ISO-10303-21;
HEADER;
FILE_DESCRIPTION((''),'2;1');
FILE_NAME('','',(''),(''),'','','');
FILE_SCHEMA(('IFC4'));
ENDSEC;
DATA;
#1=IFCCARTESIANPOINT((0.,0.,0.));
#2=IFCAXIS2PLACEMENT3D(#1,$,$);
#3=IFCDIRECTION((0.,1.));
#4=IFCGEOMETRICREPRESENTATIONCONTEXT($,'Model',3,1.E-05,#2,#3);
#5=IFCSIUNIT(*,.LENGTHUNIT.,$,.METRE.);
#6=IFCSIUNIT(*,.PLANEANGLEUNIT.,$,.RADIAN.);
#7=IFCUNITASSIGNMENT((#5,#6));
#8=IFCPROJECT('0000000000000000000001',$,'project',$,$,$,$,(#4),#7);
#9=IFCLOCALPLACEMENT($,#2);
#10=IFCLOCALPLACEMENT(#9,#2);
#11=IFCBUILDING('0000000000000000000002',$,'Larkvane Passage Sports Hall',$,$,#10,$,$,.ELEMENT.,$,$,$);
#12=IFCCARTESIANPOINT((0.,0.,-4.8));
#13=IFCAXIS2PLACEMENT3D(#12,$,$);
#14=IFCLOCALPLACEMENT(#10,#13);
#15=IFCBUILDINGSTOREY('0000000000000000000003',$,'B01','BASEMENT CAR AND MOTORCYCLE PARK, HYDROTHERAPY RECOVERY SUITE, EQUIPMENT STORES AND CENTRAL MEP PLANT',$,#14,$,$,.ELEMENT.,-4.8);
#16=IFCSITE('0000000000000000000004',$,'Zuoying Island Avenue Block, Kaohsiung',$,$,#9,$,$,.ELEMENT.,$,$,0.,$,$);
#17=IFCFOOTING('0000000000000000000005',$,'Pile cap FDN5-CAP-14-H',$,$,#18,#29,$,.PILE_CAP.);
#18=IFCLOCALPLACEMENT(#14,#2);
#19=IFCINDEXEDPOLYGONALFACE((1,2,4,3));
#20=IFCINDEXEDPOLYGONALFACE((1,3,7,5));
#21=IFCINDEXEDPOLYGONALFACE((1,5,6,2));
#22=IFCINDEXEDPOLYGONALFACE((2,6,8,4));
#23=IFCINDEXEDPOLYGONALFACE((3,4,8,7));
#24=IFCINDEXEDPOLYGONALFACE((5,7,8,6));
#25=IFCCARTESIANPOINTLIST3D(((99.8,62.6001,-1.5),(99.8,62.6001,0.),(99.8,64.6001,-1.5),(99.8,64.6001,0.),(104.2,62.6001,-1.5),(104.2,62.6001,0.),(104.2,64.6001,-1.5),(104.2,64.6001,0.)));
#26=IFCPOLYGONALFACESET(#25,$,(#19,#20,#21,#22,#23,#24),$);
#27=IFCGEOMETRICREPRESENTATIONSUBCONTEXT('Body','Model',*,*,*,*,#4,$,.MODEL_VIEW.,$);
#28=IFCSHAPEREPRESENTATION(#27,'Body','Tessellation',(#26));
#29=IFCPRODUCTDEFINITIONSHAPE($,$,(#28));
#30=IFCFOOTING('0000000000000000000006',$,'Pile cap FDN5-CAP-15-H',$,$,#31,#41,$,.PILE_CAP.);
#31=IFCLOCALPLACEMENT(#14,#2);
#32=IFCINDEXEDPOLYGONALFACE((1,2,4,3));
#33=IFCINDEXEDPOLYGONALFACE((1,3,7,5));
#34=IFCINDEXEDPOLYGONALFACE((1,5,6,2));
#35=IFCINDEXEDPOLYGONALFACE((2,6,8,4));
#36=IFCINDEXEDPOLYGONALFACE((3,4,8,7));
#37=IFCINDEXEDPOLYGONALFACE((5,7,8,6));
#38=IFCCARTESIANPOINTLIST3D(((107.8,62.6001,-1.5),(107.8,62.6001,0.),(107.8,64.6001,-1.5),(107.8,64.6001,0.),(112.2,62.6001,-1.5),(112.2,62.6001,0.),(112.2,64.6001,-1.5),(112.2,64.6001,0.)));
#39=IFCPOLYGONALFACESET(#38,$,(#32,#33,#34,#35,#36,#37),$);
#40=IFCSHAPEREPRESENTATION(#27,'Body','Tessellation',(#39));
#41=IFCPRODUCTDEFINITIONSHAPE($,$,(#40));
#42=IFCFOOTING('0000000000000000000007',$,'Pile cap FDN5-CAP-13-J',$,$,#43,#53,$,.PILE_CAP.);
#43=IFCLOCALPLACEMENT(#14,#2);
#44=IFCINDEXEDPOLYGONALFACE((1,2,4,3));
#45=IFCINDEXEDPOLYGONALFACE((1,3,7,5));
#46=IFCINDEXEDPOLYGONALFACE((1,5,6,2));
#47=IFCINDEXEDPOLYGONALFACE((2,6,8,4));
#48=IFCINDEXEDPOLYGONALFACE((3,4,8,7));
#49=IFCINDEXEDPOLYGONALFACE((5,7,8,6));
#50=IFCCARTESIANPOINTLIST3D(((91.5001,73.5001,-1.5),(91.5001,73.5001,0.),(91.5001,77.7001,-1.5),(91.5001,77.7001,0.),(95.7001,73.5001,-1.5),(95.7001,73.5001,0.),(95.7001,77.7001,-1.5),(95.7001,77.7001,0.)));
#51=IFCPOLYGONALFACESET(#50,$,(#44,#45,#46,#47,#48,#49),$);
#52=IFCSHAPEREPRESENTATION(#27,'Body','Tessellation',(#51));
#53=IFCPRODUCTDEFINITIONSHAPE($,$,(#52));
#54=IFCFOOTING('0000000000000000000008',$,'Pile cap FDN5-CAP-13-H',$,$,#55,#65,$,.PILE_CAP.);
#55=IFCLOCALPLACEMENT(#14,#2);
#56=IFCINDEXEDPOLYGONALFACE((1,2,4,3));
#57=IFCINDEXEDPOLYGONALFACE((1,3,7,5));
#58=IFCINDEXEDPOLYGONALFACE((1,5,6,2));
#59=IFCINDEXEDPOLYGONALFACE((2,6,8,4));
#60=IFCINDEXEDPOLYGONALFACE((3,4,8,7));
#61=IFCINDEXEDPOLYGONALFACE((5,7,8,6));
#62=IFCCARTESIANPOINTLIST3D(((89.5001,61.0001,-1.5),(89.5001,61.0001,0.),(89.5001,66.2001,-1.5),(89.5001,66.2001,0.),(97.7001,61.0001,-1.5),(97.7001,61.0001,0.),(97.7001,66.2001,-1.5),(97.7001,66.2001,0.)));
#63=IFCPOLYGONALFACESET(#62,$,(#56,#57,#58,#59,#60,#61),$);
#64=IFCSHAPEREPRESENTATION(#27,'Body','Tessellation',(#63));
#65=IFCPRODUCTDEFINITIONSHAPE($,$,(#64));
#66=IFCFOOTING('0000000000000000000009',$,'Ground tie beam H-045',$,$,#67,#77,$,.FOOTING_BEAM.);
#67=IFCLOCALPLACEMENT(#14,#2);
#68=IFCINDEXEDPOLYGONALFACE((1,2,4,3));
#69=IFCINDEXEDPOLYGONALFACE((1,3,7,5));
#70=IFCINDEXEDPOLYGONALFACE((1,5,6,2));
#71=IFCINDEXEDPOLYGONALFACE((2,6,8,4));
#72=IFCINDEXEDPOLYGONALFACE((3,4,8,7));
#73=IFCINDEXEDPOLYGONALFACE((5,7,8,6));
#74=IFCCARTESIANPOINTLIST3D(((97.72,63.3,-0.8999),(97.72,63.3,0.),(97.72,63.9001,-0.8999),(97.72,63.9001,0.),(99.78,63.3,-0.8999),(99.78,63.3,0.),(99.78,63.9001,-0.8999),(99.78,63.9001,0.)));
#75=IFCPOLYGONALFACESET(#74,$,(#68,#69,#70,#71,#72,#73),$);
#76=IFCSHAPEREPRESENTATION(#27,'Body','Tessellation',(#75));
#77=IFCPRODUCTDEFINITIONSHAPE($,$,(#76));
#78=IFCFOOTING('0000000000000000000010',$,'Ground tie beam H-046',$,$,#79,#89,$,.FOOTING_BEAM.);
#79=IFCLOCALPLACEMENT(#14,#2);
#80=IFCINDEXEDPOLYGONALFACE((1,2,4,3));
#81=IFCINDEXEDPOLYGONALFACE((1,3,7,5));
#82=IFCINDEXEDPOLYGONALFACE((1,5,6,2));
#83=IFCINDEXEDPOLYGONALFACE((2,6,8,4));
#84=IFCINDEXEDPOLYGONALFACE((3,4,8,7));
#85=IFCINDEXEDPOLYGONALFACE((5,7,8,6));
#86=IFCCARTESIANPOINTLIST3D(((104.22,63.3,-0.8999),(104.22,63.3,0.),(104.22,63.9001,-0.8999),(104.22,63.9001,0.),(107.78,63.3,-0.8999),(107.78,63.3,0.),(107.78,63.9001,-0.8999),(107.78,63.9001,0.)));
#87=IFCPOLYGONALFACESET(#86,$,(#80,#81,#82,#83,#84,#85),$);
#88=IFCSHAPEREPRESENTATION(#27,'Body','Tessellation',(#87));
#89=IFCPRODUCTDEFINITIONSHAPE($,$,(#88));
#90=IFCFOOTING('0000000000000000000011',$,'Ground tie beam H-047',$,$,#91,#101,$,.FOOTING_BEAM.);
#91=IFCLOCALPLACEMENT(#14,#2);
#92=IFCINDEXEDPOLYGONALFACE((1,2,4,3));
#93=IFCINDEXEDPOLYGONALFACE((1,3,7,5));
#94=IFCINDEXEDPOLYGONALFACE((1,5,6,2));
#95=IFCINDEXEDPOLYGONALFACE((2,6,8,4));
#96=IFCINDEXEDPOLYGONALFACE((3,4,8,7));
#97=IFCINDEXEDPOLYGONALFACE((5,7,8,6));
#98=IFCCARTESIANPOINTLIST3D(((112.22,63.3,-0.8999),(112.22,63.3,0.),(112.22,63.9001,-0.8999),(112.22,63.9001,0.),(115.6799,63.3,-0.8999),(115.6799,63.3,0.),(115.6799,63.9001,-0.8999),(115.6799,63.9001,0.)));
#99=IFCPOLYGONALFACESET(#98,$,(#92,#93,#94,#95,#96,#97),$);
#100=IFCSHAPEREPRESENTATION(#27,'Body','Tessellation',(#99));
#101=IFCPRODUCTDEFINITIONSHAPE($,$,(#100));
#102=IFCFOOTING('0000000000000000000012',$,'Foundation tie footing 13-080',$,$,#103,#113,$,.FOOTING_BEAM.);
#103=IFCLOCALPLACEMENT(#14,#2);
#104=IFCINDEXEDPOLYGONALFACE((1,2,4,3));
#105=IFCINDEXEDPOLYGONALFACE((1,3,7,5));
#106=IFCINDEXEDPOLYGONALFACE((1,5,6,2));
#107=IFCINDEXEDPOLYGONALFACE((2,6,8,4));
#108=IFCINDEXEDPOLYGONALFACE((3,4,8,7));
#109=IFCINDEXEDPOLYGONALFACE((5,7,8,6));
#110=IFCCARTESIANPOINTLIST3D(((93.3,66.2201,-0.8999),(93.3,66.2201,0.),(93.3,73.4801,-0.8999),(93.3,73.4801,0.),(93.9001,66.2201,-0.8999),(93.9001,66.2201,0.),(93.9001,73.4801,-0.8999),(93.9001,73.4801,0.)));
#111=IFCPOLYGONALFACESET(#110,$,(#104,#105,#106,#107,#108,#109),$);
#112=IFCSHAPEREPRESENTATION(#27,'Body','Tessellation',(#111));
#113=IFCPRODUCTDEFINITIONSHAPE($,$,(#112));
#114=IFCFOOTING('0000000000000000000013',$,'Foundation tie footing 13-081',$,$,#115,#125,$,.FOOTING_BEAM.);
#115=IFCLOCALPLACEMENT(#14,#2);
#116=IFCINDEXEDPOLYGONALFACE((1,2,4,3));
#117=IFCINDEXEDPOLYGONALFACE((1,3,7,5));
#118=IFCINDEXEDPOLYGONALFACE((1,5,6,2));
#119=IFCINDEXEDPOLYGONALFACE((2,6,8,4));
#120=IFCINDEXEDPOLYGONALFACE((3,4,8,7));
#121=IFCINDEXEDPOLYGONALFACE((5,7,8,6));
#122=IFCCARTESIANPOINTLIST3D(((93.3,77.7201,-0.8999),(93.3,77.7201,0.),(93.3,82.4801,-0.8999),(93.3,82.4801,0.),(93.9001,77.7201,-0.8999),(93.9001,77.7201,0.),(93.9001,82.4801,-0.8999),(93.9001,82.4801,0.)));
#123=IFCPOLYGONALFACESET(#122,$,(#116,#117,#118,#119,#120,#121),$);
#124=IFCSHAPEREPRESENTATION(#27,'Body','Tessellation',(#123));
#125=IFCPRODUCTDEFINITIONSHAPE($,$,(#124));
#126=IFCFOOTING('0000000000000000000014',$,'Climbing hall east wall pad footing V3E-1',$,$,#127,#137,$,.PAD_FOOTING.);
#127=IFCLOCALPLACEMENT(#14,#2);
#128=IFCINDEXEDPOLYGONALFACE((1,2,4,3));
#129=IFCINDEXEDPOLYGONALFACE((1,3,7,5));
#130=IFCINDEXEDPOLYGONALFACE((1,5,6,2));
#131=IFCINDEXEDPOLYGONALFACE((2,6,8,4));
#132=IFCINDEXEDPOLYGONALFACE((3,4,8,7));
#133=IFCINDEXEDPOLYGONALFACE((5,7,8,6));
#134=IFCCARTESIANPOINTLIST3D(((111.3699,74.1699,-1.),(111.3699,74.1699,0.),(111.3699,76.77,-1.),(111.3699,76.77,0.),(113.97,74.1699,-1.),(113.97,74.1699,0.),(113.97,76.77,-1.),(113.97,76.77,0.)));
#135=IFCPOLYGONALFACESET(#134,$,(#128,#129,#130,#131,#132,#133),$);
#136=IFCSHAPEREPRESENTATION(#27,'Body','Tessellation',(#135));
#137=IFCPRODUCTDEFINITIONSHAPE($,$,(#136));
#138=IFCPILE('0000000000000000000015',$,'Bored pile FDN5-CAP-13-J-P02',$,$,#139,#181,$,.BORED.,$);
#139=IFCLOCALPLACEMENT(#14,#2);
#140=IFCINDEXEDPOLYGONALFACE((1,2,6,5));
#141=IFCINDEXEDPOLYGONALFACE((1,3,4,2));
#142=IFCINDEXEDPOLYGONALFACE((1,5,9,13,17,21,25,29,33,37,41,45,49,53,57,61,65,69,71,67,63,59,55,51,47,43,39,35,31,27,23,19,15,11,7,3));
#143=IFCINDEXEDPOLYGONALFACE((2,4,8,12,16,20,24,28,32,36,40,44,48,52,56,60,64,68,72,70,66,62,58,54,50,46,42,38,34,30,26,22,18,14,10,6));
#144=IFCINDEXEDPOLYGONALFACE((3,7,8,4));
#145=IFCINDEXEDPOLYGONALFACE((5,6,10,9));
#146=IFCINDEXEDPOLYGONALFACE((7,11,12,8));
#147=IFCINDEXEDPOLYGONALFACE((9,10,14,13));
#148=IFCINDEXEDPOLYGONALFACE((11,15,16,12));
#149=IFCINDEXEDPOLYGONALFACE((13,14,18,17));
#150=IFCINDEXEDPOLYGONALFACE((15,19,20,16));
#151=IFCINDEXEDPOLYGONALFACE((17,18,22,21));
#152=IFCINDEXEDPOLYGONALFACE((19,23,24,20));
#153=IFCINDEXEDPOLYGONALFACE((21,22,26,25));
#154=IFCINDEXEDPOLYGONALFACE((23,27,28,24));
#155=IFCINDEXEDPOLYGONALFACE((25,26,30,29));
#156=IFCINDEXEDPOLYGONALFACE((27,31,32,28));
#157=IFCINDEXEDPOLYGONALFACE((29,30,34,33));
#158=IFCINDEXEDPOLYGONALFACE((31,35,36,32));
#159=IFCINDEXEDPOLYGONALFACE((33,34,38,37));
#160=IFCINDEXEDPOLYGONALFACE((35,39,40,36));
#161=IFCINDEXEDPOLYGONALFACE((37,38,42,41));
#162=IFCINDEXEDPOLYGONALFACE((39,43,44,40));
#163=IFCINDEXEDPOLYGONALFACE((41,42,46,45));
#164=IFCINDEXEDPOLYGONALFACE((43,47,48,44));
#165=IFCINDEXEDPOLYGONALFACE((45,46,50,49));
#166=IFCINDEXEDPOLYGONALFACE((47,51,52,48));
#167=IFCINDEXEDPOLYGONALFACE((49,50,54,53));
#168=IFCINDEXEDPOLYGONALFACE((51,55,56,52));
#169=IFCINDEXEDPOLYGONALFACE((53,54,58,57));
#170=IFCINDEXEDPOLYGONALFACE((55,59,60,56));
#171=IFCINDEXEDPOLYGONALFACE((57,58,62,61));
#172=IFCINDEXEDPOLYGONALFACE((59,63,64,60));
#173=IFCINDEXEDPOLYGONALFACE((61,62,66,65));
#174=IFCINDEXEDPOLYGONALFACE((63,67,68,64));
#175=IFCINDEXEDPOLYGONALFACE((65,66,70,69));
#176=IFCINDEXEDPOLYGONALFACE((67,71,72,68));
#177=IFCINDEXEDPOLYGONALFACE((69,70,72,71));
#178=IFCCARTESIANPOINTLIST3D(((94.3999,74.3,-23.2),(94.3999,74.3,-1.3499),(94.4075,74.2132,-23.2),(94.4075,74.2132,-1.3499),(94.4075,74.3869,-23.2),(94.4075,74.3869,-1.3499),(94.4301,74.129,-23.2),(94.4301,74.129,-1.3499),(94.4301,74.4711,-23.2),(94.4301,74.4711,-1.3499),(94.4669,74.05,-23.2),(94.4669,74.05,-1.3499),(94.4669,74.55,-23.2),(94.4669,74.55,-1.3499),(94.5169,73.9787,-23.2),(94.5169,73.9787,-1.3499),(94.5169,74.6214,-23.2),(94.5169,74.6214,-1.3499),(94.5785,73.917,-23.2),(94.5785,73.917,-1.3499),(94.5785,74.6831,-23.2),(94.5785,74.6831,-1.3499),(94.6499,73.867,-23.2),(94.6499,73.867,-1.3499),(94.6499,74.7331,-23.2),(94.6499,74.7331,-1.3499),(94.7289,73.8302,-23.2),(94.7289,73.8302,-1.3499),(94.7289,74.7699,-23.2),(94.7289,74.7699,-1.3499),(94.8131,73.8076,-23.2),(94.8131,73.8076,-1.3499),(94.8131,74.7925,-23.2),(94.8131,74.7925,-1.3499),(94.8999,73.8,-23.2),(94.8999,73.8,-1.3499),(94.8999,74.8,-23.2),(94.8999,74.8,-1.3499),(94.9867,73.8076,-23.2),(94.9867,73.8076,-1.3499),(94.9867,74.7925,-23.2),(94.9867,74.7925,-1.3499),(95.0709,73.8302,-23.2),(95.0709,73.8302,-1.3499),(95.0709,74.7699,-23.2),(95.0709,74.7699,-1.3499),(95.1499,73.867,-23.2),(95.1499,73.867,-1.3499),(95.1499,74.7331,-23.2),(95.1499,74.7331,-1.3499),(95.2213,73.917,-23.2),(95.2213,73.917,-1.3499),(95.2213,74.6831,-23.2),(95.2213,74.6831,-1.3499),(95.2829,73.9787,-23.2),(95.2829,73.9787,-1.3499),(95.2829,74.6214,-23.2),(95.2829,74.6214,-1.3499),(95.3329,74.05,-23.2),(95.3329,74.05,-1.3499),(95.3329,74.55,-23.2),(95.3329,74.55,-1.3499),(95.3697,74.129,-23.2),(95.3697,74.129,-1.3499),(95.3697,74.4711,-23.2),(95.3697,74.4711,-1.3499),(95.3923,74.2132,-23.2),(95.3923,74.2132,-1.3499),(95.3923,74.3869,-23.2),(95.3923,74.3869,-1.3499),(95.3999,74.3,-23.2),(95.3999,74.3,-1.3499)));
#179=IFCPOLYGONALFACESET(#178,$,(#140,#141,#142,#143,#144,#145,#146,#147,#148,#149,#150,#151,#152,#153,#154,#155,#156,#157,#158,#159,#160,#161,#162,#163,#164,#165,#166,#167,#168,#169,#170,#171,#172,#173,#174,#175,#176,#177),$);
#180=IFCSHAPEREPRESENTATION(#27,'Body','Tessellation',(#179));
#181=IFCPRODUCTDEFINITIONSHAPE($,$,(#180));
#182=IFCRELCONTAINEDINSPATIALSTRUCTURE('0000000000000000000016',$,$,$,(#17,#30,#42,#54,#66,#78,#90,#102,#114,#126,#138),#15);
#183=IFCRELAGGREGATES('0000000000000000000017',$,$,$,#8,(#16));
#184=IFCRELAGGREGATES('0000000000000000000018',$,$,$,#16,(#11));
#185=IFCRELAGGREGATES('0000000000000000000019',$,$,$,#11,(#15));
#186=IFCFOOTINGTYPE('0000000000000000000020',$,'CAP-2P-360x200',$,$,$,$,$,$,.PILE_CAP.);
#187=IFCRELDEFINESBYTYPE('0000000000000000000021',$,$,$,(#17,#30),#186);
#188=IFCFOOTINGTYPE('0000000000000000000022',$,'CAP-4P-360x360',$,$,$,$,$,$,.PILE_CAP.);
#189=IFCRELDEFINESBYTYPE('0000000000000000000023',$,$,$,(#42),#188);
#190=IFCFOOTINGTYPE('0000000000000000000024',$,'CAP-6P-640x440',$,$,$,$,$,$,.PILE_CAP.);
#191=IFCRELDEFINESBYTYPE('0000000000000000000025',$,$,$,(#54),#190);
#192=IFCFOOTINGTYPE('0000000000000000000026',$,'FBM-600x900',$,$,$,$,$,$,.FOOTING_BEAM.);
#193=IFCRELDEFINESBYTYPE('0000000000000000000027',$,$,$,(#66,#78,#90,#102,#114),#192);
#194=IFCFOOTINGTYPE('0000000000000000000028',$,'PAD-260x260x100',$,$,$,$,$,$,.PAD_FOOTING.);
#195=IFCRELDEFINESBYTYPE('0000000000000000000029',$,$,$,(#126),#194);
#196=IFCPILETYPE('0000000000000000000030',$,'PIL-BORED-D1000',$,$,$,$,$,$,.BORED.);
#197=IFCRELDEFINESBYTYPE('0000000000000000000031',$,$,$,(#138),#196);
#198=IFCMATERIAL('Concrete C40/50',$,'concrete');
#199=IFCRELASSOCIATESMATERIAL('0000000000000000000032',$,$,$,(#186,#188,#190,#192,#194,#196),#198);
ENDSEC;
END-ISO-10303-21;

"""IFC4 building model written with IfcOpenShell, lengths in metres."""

from ifc_helpers import new_model, si_unit, direction, frame, origin, origin_2d, place, context, subcontext, project, spatial, rectangle, circle, extrude, material, material_profile, profile_set, type_object, element, save


model = new_model("IFC4")

# Units and contexts
model_context = context("Model", 3, precision=1e-05, world=origin(), true_north=direction((0.0, 1.0)))
body_context = subcontext(model_context, "Body", "Model", "MODEL_VIEW")
ifc_project = project(units=[si_unit("LENGTHUNIT", "METRE"), si_unit("PLANEANGLEUNIT", "RADIAN")], contexts=[model_context])

# Site, building, storey
site_placement = place(None, origin())
site = spatial("IfcSite", under=ifc_project, at=site_placement, Name="Zuoying Island Avenue Block, Kaohsiung", CompositionType="ELEMENT", RefElevation=0.0)
building_placement = place(site_placement, origin())
building = spatial("IfcBuilding", under=site, at=building_placement, Name="Larkvane Passage Sports Hall", CompositionType="ELEMENT")
storey_placement = place(building_placement, frame((0.0, 0.0, -4.8)))
storey = spatial("IfcBuildingStorey", under=building, at=storey_placement, Name="B01", Description="BASEMENT CAR AND MOTORCYCLE PARK, HYDROTHERAPY RECOVERY SUITE, EQUIPMENT STORES AND CENTRAL MEP PLANT", CompositionType="ELEMENT", Elevation=-4.8)

# Footings
ifc_material_1 = material(Name="Concrete C40/50", Category="concrete")
footing_type_1 = type_object("IfcFootingType", Name="CAP-2P-360x200", PredefinedType="PILE_CAP", material=ifc_material_1)
for number, where, z_axis, x_axis, name in (
    (1, (102.0, 63.6001, -1.5), (0.0, 0.0, 1.0), (1.0, 0.0, 0.0), "Pile cap FDN5-CAP-14-H"),
    (2, (110.0, 63.6001, -1.5), (0.0, 0.0, 1.0), (1.0, 0.0, 0.0), "Pile cap FDN5-CAP-15-H"),
):
    element("IfcFooting", number, at=place(storey_placement, frame(where, z_axis=z_axis, x_axis=x_axis)), inside=storey, type_object=footing_type_1, Name=name, PredefinedType="PILE_CAP", context=body_context, shape_type="SweptSolid", body=[
        extrude(rectangle(XDim=4.3999, YDim=2.0, at=origin_2d()), origin(), (0.0, 0.0, 1.0), 1.5),
    ])
footing_type_2 = type_object("IfcFootingType", Name="CAP-4P-360x360", PredefinedType="PILE_CAP", material=ifc_material_1)
footing_1_placement = place(storey_placement, frame((93.6001, 75.6001, -1.5), z_axis=(0.0, 0.0, 1.0), x_axis=(1.0, 0.0, 0.0)))
element("IfcFooting", 3, at=footing_1_placement, inside=storey, type_object=footing_type_2, Name="Pile cap FDN5-CAP-13-J", PredefinedType="PILE_CAP", context=body_context, shape_type="SweptSolid", body=[
    extrude(rectangle(XDim=4.2, YDim=4.2, at=origin_2d()), origin(), (0.0, 0.0, 1.0), 1.5),
])
footing_type_3 = type_object("IfcFootingType", Name="CAP-6P-640x440", PredefinedType="PILE_CAP", material=ifc_material_1)
footing_2_placement = place(storey_placement, frame((93.6001, 63.6001, -1.5), z_axis=(0.0, 0.0, 1.0), x_axis=(1.0, 0.0, 0.0)))
element("IfcFooting", 4, at=footing_2_placement, inside=storey, type_object=footing_type_3, Name="Pile cap FDN5-CAP-13-H", PredefinedType="PILE_CAP", context=body_context, shape_type="SweptSolid", body=[
    extrude(rectangle(XDim=8.2, YDim=5.2, at=origin_2d()), origin(), (0.0, 0.0, 1.0), 1.5),
])
footing_type_4 = type_object("IfcFootingType", Name="FBM-600x900", PredefinedType="FOOTING_BEAM", material=ifc_material_1)
footing_3_placement = place(storey_placement, frame((98.75, 63.6001, -0.8999), z_axis=(0.0, 0.0, 1.0), x_axis=(1.0, 0.0, 0.0)))
element("IfcFooting", 5, at=footing_3_placement, inside=storey, type_object=footing_type_4, Name="Ground tie beam H-045", PredefinedType="FOOTING_BEAM", context=body_context, shape_type="SweptSolid", body=[
    extrude(rectangle(XDim=2.0601, YDim=0.6001, at=origin_2d()), origin(), (0.0, 0.0, 1.0), 0.8999),
])
footing_4_placement = place(storey_placement, frame((106.0, 63.6001, -0.8999), z_axis=(0.0, 0.0, 1.0), x_axis=(1.0, 0.0, 0.0)))
element("IfcFooting", 6, at=footing_4_placement, inside=storey, type_object=footing_type_4, Name="Ground tie beam H-046", PredefinedType="FOOTING_BEAM", context=body_context, shape_type="SweptSolid", body=[
    extrude(rectangle(XDim=3.5601, YDim=0.6001, at=origin_2d()), origin(), (0.0, 0.0, 1.0), 0.8999),
])
footing_5_placement = place(storey_placement, frame((113.95, 63.6001, -0.8999), z_axis=(0.0, 0.0, 1.0), x_axis=(1.0, 0.0, 0.0)))
element("IfcFooting", 7, at=footing_5_placement, inside=storey, type_object=footing_type_4, Name="Ground tie beam H-047", PredefinedType="FOOTING_BEAM", context=body_context, shape_type="SweptSolid", body=[
    extrude(rectangle(XDim=3.46, YDim=0.6001, at=origin_2d()), origin(), (0.0, 0.0, 1.0), 0.8999),
])
footing_6_placement = place(storey_placement, frame((93.6001, 69.8501, -0.8999), z_axis=(0.0, 0.0, 1.0), x_axis=(1.0, 0.0, 0.0)))
element("IfcFooting", 8, at=footing_6_placement, inside=storey, type_object=footing_type_4, Name="Foundation tie footing 13-080", PredefinedType="FOOTING_BEAM", context=body_context, shape_type="SweptSolid", body=[
    extrude(rectangle(XDim=0.6001, YDim=7.26, at=origin_2d()), origin(), (0.0, 0.0, 1.0), 0.8999),
])
footing_7_placement = place(storey_placement, frame((93.6001, 80.1001, -0.8999), z_axis=(0.0, 0.0, 1.0), x_axis=(1.0, 0.0, 0.0)))
element("IfcFooting", 9, at=footing_7_placement, inside=storey, type_object=footing_type_4, Name="Foundation tie footing 13-081", PredefinedType="FOOTING_BEAM", context=body_context, shape_type="SweptSolid", body=[
    extrude(rectangle(XDim=0.6001, YDim=4.76, at=origin_2d()), origin(), (0.0, 0.0, 1.0), 0.8999),
])
footing_type_5 = type_object("IfcFootingType", Name="PAD-260x260x100", PredefinedType="PAD_FOOTING", material=ifc_material_1)
footing_8_placement = place(storey_placement, frame((112.6699, 75.47, -1.0), z_axis=(0.0, 0.0, 1.0), x_axis=(1.0, 0.0, 0.0)))
element("IfcFooting", 10, at=footing_8_placement, inside=storey, type_object=footing_type_5, Name="Climbing hall east wall pad footing V3E-1", PredefinedType="PAD_FOOTING", context=body_context, shape_type="SweptSolid", body=[
    extrude(rectangle(XDim=2.6001, YDim=2.6001, at=origin_2d()), origin(), (0.0, 0.0, 1.0), 1.0),
])

# Pile
ifc_material_profile_1 = material_profile(ifc_material_1, circle(Radius=0.5, at=origin_2d()), Name="PILE-D1000")
ifc_profile_set_1 = profile_set([ifc_material_profile_1], Name="Concrete C40/50")
pile_type_1 = type_object("IfcPileType", Name="PIL-BORED-D1000", PredefinedType="BORED", material=ifc_profile_set_1)
for number, where, z_axis, x_axis, name in (
    (11, (94.8999, 74.3, -1.3499), (0.0, 0.0, -1.0), (1.0, 0.0, 0.0), "Bored pile FDN5-CAP-13-J-P02"),
):
    element("IfcPile", number, at=place(storey_placement, frame(where, z_axis=z_axis, x_axis=x_axis)), inside=storey, type_object=pile_type_1, Name=name, PredefinedType="BORED", context=body_context, shape_type="SweptSolid", body=[
        extrude(circle(Radius=0.5, at=origin_2d()), origin(), (0.0, 0.0, 1.0), 21.8501),
    ])

save(model, "model.ifc")
